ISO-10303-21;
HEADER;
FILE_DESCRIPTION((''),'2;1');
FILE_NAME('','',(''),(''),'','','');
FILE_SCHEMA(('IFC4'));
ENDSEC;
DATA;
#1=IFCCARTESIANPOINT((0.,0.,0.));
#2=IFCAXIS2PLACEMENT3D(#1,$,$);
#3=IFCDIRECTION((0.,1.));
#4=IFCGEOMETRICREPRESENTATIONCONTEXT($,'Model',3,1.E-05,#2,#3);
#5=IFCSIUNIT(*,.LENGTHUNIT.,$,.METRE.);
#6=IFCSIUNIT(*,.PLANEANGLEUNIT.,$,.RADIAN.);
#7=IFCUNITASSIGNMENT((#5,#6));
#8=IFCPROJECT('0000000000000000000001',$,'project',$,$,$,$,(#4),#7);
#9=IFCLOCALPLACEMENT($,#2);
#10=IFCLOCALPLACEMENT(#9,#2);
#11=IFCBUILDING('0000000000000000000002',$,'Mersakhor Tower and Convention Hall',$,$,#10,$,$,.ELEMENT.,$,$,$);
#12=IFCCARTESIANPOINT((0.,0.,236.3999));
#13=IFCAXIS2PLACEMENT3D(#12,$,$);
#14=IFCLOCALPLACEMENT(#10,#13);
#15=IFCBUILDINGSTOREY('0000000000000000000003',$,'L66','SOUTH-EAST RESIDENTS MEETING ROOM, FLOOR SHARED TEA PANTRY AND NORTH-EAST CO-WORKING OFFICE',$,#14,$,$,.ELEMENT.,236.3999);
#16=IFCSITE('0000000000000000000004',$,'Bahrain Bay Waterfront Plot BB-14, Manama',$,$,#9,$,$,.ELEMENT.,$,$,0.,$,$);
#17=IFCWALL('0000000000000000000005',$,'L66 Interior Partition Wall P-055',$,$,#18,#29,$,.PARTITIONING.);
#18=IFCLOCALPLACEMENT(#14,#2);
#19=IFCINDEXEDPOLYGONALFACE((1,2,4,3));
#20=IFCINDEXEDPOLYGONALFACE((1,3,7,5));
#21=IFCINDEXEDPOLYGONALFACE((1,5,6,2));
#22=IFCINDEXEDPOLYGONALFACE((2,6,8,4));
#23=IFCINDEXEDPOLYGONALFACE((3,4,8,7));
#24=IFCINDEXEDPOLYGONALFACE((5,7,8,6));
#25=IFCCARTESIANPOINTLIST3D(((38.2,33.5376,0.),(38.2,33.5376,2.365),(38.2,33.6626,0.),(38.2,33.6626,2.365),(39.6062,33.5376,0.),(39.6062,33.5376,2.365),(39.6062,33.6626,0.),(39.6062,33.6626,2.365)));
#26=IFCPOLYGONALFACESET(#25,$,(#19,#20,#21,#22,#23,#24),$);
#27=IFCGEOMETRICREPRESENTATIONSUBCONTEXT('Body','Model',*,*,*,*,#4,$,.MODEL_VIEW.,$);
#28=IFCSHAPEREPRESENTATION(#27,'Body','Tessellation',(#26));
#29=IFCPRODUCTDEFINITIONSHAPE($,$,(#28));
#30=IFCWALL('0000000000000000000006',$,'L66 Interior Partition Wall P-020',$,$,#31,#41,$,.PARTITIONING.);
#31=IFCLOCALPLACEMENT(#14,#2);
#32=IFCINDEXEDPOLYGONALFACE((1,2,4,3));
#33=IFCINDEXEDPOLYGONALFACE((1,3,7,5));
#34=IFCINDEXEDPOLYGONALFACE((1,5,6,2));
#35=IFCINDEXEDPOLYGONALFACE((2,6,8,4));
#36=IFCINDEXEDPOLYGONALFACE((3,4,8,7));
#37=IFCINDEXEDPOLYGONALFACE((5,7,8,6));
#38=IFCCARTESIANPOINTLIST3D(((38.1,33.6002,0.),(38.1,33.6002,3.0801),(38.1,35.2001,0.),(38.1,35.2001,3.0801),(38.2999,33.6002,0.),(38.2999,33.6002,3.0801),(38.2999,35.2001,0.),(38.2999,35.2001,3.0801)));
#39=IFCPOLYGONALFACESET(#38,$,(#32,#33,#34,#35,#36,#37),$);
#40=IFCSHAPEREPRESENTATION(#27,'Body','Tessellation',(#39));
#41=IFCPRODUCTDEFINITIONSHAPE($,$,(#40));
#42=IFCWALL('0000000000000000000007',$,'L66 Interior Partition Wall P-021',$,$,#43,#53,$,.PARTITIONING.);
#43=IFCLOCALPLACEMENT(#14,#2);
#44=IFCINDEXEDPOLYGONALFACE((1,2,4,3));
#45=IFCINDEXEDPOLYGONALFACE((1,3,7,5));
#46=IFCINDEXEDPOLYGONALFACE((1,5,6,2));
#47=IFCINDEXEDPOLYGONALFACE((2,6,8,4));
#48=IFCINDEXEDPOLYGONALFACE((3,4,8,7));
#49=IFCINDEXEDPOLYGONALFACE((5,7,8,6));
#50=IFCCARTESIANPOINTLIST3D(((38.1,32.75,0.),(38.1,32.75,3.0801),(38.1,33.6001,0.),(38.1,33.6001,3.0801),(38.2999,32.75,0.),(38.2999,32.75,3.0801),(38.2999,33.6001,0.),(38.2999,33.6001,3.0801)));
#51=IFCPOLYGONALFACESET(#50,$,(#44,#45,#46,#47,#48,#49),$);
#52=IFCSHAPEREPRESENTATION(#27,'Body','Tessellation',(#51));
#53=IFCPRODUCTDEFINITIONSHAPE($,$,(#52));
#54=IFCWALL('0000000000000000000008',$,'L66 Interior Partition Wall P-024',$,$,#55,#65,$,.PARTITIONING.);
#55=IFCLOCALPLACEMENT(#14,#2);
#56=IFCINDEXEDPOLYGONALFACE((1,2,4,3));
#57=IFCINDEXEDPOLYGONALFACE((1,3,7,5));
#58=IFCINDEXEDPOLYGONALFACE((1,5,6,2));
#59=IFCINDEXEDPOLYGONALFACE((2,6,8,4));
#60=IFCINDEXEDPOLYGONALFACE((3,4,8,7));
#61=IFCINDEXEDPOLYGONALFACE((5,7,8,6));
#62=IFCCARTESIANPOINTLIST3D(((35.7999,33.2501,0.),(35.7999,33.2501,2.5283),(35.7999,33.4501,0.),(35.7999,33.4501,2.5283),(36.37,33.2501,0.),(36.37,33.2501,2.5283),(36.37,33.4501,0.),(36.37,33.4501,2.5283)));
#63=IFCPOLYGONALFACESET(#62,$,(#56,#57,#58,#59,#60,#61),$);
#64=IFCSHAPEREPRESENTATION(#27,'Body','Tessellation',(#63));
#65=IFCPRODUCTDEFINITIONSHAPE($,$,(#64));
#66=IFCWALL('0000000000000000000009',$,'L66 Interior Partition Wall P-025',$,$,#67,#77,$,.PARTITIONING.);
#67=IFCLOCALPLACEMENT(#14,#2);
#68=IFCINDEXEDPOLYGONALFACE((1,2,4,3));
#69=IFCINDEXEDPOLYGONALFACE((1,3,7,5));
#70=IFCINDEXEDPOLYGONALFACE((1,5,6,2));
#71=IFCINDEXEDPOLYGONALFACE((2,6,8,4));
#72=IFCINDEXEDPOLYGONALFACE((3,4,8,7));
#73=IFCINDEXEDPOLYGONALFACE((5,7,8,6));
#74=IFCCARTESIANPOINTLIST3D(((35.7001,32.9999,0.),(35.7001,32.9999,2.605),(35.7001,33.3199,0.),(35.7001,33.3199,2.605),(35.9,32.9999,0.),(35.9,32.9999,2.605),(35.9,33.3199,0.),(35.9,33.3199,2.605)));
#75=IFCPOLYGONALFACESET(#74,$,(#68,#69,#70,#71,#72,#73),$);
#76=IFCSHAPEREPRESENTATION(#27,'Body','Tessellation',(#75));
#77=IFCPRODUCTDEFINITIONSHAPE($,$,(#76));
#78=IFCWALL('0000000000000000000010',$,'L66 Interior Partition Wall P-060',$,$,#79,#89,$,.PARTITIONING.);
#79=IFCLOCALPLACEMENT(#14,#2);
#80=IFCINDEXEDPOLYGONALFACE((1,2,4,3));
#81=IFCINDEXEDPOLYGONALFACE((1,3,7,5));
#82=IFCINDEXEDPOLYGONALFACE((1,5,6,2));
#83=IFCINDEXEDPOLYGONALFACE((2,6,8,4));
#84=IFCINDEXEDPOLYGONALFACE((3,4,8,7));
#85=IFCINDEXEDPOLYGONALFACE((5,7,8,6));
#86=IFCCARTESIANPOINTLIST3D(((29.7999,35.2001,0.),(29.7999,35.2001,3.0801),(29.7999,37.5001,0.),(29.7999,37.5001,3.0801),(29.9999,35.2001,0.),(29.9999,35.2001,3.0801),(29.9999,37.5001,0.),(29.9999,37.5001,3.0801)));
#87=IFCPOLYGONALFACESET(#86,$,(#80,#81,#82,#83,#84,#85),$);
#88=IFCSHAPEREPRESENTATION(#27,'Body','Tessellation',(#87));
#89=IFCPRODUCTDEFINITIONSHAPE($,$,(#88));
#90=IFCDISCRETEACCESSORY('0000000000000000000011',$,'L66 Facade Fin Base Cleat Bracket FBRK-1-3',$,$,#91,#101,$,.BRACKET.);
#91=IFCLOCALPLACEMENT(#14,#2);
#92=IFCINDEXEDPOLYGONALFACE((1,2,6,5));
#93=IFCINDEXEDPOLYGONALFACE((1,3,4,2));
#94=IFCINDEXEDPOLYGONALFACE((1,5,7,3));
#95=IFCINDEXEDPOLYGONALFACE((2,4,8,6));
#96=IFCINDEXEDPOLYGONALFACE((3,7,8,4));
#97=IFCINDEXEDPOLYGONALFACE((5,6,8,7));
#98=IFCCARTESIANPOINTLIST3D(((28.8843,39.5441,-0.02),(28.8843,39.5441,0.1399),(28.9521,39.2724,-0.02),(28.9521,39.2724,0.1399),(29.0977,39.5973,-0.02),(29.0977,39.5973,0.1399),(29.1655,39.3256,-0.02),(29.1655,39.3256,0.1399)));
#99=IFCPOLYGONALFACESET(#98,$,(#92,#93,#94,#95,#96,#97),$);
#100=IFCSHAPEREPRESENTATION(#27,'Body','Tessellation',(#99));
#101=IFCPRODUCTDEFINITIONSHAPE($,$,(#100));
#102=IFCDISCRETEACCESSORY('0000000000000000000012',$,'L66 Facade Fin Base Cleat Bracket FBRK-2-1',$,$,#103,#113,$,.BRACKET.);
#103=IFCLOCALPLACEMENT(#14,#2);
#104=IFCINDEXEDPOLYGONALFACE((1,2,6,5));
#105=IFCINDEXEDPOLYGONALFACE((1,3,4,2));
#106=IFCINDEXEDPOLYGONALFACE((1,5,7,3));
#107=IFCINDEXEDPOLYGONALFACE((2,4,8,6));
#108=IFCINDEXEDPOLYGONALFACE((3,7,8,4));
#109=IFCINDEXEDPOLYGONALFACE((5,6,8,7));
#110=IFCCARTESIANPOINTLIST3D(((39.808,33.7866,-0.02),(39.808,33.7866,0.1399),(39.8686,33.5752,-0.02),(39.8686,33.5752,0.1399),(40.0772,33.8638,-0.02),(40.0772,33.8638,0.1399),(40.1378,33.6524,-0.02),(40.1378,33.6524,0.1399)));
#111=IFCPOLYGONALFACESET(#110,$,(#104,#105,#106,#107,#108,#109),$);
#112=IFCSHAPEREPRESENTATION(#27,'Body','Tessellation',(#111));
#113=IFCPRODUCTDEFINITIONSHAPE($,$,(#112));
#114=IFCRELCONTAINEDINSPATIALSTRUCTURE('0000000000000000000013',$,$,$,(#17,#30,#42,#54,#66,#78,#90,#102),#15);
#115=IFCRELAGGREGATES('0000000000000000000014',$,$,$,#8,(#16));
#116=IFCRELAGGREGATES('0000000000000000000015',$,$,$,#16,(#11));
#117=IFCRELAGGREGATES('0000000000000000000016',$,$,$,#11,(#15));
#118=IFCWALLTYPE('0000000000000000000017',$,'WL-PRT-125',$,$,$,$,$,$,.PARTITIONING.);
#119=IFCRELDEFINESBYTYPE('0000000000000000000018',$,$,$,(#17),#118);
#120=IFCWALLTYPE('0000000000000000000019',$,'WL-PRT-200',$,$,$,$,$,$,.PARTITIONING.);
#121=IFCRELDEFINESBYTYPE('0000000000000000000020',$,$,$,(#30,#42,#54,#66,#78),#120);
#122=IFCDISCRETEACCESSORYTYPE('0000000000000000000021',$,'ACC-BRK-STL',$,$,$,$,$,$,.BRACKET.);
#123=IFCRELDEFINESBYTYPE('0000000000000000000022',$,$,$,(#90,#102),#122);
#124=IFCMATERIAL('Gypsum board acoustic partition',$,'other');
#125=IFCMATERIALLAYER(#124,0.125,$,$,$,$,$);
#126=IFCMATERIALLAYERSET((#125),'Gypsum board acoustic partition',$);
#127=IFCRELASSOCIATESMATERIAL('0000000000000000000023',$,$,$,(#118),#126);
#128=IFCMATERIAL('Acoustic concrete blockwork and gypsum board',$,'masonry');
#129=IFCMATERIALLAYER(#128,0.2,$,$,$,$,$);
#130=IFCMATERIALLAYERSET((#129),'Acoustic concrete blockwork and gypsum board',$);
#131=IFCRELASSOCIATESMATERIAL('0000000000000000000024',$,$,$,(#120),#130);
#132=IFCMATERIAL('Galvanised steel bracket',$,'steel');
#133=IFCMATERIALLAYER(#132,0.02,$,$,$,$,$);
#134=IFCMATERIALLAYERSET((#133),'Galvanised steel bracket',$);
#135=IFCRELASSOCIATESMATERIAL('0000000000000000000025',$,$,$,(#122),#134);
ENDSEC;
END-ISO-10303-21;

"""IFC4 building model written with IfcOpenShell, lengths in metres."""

from ifc_helpers import new_model, si_unit, direction, frame, frame_2d, origin, origin_2d, place, context, subcontext, project, spatial, rectangle, extrude, material, layer, layer_set, type_object, element, save


model = new_model("IFC4")

# Units and contexts
model_context = context("Model", 3, precision=1e-05, world=origin(), true_north=direction((0.0, 1.0)))
body_context = subcontext(model_context, "Body", "Model", "MODEL_VIEW")
ifc_project = project(units=[si_unit("LENGTHUNIT", "METRE"), si_unit("PLANEANGLEUNIT", "RADIAN")], contexts=[model_context])

# Site, building, storey
site_placement = place(None, origin())
site = spatial("IfcSite", under=ifc_project, at=site_placement, Name="Bahrain Bay Waterfront Plot BB-14, Manama", CompositionType="ELEMENT", RefElevation=0.0)
building_placement = place(site_placement, origin())
building = spatial("IfcBuilding", under=site, at=building_placement, Name="Mersakhor Tower and Convention Hall", CompositionType="ELEMENT")
storey_placement = place(building_placement, frame((0.0, 0.0, 236.3999)))
storey = spatial("IfcBuildingStorey", under=building, at=storey_placement, Name="L66", Description="SOUTH-EAST RESIDENTS MEETING ROOM, FLOOR SHARED TEA PANTRY AND NORTH-EAST CO-WORKING OFFICE", CompositionType="ELEMENT", Elevation=236.3999)

# Wall
ifc_material_1 = material(Name="Gypsum board acoustic partition", Category="other")
ifc_layer_1 = layer(ifc_material_1, 0.125)
ifc_layer_set_1 = layer_set([ifc_layer_1], Name="Gypsum board acoustic partition")
wall_type_1 = type_object("IfcWallType", Name="WL-PRT-125", PredefinedType="PARTITIONING", material=ifc_layer_set_1)
wall_1_placement = place(storey_placement, frame((38.2, 33.6001, 0.0), z_axis=(0.0, 0.0, 1.0), x_axis=(1.0, 0.0, 0.0)))
element("IfcWall", 1, at=wall_1_placement, inside=storey, type_object=wall_type_1, Name="L66 Interior Partition Wall P-055", PredefinedType="PARTITIONING", context=body_context, shape_type="SweptSolid", body=[
    extrude(rectangle(XDim=1.4062, YDim=0.125, at=frame_2d((0.7031, 0.0))), origin(), (0.0, 0.0, 1.0), 2.365),
])

# Shared definitions
ifc_material_2 = material(Name="Acoustic concrete blockwork and gypsum board", Category="masonry")
ifc_layer_2 = layer(ifc_material_2, 0.2)
ifc_layer_set_2 = layer_set([ifc_layer_2], Name="Acoustic concrete blockwork and gypsum board")
wall_type_2 = type_object("IfcWallType", Name="WL-PRT-200", PredefinedType="PARTITIONING", material=ifc_layer_set_2)

# Walls
wall_2_placement = place(storey_placement, frame((38.2, 35.2, 0.0), z_axis=(0.0, 0.0, 1.0), x_axis=(0.0, -1.0, 0.0)))
element("IfcWall", 2, at=wall_2_placement, inside=storey, type_object=wall_type_2, Name="L66 Interior Partition Wall P-020", PredefinedType="PARTITIONING", context=body_context, shape_type="SweptSolid", body=[
    extrude(rectangle(XDim=1.5999, YDim=0.2, at=frame_2d((0.7998, 0.0))), origin(), (0.0, 0.0, 1.0), 3.0801),
])
wall_3_placement = place(storey_placement, frame((38.2, 33.6001, 0.0), z_axis=(0.0, 0.0, 1.0), x_axis=(0.0, -1.0, 0.0)))
element("IfcWall", 3, at=wall_3_placement, inside=storey, type_object=wall_type_2, Name="L66 Interior Partition Wall P-021", PredefinedType="PARTITIONING", context=body_context, shape_type="SweptSolid", body=[
    extrude(rectangle(XDim=0.8501, YDim=0.2, at=frame_2d((0.425, 0.0))), origin(), (0.0, 0.0, 1.0), 3.0801),
])
wall_4_placement = place(storey_placement, frame((36.3701, 33.3501, 0.0), z_axis=(0.0, 0.0, 1.0), x_axis=(-1.0, 0.0, 0.0)))
element("IfcWall", 4, at=wall_4_placement, inside=storey, type_object=wall_type_2, Name="L66 Interior Partition Wall P-024", PredefinedType="PARTITIONING", context=body_context, shape_type="SweptSolid", body=[
    extrude(rectangle(XDim=0.5701, YDim=0.2, at=frame_2d((0.2852, 0.0))), origin(), (0.0, 0.0, 1.0), 2.5283),
])
wall_5_placement = place(storey_placement, frame((35.8, 33.3201, 0.0), z_axis=(0.0, 0.0, 1.0), x_axis=(0.0, -1.0, 0.0)))
element("IfcWall", 5, at=wall_5_placement, inside=storey, type_object=wall_type_2, Name="L66 Interior Partition Wall P-025", PredefinedType="PARTITIONING", context=body_context, shape_type="SweptSolid", body=[
    extrude(rectangle(XDim=0.3201, YDim=0.2, at=frame_2d((0.1602, 0.0))), origin(), (0.0, 0.0, 1.0), 2.605),
])
wall_6_placement = place(storey_placement, frame((29.8999, 37.5, 0.0), z_axis=(0.0, 0.0, 1.0), x_axis=(0.0, -1.0, 0.0)))
element("IfcWall", 6, at=wall_6_placement, inside=storey, type_object=wall_type_2, Name="L66 Interior Partition Wall P-060", PredefinedType="PARTITIONING", context=body_context, shape_type="SweptSolid", body=[
    extrude(rectangle(XDim=2.3, YDim=0.2, at=frame_2d((1.1499, 0.0))), origin(), (0.0, 0.0, 1.0), 3.0801),
])

# Discrete accessories
ifc_material_3 = material(Name="Galvanised steel bracket", Category="steel")
ifc_layer_3 = layer(ifc_material_3, 0.02)
ifc_layer_set_3 = layer_set([ifc_layer_3], Name="Galvanised steel bracket")
discrete_accessory_type = type_object("IfcDiscreteAccessoryType", Name="ACC-BRK-STL", PredefinedType="BRACKET", material=ifc_layer_set_3)
for number, where, z_axis, x_axis, name in (
    (7, (29.0249, 39.4348, -0.02), (0.0, 0.0, 1.0), (-0.241922, 0.970296, 0.0), "L66 Facade Fin Base Cleat Bracket FBRK-1-3"),
    (8, (39.9729, 33.7195, -0.02), (0.0, 0.0, 1.0), (0.961262, 0.275637, 0.0), "L66 Facade Fin Base Cleat Bracket FBRK-2-1"),
):
    element("IfcDiscreteAccessory", number, at=place(storey_placement, frame(where, z_axis=z_axis, x_axis=x_axis)), inside=storey, type_object=discrete_accessory_type, Name=name, PredefinedType="BRACKET", context=body_context, shape_type="SweptSolid", body=[
        extrude(rectangle(XDim=0.28, YDim=0.22, at=origin_2d()), origin(), (0.0, 0.0, 1.0), 0.1599),
    ])

save(model, "model.ifc")
